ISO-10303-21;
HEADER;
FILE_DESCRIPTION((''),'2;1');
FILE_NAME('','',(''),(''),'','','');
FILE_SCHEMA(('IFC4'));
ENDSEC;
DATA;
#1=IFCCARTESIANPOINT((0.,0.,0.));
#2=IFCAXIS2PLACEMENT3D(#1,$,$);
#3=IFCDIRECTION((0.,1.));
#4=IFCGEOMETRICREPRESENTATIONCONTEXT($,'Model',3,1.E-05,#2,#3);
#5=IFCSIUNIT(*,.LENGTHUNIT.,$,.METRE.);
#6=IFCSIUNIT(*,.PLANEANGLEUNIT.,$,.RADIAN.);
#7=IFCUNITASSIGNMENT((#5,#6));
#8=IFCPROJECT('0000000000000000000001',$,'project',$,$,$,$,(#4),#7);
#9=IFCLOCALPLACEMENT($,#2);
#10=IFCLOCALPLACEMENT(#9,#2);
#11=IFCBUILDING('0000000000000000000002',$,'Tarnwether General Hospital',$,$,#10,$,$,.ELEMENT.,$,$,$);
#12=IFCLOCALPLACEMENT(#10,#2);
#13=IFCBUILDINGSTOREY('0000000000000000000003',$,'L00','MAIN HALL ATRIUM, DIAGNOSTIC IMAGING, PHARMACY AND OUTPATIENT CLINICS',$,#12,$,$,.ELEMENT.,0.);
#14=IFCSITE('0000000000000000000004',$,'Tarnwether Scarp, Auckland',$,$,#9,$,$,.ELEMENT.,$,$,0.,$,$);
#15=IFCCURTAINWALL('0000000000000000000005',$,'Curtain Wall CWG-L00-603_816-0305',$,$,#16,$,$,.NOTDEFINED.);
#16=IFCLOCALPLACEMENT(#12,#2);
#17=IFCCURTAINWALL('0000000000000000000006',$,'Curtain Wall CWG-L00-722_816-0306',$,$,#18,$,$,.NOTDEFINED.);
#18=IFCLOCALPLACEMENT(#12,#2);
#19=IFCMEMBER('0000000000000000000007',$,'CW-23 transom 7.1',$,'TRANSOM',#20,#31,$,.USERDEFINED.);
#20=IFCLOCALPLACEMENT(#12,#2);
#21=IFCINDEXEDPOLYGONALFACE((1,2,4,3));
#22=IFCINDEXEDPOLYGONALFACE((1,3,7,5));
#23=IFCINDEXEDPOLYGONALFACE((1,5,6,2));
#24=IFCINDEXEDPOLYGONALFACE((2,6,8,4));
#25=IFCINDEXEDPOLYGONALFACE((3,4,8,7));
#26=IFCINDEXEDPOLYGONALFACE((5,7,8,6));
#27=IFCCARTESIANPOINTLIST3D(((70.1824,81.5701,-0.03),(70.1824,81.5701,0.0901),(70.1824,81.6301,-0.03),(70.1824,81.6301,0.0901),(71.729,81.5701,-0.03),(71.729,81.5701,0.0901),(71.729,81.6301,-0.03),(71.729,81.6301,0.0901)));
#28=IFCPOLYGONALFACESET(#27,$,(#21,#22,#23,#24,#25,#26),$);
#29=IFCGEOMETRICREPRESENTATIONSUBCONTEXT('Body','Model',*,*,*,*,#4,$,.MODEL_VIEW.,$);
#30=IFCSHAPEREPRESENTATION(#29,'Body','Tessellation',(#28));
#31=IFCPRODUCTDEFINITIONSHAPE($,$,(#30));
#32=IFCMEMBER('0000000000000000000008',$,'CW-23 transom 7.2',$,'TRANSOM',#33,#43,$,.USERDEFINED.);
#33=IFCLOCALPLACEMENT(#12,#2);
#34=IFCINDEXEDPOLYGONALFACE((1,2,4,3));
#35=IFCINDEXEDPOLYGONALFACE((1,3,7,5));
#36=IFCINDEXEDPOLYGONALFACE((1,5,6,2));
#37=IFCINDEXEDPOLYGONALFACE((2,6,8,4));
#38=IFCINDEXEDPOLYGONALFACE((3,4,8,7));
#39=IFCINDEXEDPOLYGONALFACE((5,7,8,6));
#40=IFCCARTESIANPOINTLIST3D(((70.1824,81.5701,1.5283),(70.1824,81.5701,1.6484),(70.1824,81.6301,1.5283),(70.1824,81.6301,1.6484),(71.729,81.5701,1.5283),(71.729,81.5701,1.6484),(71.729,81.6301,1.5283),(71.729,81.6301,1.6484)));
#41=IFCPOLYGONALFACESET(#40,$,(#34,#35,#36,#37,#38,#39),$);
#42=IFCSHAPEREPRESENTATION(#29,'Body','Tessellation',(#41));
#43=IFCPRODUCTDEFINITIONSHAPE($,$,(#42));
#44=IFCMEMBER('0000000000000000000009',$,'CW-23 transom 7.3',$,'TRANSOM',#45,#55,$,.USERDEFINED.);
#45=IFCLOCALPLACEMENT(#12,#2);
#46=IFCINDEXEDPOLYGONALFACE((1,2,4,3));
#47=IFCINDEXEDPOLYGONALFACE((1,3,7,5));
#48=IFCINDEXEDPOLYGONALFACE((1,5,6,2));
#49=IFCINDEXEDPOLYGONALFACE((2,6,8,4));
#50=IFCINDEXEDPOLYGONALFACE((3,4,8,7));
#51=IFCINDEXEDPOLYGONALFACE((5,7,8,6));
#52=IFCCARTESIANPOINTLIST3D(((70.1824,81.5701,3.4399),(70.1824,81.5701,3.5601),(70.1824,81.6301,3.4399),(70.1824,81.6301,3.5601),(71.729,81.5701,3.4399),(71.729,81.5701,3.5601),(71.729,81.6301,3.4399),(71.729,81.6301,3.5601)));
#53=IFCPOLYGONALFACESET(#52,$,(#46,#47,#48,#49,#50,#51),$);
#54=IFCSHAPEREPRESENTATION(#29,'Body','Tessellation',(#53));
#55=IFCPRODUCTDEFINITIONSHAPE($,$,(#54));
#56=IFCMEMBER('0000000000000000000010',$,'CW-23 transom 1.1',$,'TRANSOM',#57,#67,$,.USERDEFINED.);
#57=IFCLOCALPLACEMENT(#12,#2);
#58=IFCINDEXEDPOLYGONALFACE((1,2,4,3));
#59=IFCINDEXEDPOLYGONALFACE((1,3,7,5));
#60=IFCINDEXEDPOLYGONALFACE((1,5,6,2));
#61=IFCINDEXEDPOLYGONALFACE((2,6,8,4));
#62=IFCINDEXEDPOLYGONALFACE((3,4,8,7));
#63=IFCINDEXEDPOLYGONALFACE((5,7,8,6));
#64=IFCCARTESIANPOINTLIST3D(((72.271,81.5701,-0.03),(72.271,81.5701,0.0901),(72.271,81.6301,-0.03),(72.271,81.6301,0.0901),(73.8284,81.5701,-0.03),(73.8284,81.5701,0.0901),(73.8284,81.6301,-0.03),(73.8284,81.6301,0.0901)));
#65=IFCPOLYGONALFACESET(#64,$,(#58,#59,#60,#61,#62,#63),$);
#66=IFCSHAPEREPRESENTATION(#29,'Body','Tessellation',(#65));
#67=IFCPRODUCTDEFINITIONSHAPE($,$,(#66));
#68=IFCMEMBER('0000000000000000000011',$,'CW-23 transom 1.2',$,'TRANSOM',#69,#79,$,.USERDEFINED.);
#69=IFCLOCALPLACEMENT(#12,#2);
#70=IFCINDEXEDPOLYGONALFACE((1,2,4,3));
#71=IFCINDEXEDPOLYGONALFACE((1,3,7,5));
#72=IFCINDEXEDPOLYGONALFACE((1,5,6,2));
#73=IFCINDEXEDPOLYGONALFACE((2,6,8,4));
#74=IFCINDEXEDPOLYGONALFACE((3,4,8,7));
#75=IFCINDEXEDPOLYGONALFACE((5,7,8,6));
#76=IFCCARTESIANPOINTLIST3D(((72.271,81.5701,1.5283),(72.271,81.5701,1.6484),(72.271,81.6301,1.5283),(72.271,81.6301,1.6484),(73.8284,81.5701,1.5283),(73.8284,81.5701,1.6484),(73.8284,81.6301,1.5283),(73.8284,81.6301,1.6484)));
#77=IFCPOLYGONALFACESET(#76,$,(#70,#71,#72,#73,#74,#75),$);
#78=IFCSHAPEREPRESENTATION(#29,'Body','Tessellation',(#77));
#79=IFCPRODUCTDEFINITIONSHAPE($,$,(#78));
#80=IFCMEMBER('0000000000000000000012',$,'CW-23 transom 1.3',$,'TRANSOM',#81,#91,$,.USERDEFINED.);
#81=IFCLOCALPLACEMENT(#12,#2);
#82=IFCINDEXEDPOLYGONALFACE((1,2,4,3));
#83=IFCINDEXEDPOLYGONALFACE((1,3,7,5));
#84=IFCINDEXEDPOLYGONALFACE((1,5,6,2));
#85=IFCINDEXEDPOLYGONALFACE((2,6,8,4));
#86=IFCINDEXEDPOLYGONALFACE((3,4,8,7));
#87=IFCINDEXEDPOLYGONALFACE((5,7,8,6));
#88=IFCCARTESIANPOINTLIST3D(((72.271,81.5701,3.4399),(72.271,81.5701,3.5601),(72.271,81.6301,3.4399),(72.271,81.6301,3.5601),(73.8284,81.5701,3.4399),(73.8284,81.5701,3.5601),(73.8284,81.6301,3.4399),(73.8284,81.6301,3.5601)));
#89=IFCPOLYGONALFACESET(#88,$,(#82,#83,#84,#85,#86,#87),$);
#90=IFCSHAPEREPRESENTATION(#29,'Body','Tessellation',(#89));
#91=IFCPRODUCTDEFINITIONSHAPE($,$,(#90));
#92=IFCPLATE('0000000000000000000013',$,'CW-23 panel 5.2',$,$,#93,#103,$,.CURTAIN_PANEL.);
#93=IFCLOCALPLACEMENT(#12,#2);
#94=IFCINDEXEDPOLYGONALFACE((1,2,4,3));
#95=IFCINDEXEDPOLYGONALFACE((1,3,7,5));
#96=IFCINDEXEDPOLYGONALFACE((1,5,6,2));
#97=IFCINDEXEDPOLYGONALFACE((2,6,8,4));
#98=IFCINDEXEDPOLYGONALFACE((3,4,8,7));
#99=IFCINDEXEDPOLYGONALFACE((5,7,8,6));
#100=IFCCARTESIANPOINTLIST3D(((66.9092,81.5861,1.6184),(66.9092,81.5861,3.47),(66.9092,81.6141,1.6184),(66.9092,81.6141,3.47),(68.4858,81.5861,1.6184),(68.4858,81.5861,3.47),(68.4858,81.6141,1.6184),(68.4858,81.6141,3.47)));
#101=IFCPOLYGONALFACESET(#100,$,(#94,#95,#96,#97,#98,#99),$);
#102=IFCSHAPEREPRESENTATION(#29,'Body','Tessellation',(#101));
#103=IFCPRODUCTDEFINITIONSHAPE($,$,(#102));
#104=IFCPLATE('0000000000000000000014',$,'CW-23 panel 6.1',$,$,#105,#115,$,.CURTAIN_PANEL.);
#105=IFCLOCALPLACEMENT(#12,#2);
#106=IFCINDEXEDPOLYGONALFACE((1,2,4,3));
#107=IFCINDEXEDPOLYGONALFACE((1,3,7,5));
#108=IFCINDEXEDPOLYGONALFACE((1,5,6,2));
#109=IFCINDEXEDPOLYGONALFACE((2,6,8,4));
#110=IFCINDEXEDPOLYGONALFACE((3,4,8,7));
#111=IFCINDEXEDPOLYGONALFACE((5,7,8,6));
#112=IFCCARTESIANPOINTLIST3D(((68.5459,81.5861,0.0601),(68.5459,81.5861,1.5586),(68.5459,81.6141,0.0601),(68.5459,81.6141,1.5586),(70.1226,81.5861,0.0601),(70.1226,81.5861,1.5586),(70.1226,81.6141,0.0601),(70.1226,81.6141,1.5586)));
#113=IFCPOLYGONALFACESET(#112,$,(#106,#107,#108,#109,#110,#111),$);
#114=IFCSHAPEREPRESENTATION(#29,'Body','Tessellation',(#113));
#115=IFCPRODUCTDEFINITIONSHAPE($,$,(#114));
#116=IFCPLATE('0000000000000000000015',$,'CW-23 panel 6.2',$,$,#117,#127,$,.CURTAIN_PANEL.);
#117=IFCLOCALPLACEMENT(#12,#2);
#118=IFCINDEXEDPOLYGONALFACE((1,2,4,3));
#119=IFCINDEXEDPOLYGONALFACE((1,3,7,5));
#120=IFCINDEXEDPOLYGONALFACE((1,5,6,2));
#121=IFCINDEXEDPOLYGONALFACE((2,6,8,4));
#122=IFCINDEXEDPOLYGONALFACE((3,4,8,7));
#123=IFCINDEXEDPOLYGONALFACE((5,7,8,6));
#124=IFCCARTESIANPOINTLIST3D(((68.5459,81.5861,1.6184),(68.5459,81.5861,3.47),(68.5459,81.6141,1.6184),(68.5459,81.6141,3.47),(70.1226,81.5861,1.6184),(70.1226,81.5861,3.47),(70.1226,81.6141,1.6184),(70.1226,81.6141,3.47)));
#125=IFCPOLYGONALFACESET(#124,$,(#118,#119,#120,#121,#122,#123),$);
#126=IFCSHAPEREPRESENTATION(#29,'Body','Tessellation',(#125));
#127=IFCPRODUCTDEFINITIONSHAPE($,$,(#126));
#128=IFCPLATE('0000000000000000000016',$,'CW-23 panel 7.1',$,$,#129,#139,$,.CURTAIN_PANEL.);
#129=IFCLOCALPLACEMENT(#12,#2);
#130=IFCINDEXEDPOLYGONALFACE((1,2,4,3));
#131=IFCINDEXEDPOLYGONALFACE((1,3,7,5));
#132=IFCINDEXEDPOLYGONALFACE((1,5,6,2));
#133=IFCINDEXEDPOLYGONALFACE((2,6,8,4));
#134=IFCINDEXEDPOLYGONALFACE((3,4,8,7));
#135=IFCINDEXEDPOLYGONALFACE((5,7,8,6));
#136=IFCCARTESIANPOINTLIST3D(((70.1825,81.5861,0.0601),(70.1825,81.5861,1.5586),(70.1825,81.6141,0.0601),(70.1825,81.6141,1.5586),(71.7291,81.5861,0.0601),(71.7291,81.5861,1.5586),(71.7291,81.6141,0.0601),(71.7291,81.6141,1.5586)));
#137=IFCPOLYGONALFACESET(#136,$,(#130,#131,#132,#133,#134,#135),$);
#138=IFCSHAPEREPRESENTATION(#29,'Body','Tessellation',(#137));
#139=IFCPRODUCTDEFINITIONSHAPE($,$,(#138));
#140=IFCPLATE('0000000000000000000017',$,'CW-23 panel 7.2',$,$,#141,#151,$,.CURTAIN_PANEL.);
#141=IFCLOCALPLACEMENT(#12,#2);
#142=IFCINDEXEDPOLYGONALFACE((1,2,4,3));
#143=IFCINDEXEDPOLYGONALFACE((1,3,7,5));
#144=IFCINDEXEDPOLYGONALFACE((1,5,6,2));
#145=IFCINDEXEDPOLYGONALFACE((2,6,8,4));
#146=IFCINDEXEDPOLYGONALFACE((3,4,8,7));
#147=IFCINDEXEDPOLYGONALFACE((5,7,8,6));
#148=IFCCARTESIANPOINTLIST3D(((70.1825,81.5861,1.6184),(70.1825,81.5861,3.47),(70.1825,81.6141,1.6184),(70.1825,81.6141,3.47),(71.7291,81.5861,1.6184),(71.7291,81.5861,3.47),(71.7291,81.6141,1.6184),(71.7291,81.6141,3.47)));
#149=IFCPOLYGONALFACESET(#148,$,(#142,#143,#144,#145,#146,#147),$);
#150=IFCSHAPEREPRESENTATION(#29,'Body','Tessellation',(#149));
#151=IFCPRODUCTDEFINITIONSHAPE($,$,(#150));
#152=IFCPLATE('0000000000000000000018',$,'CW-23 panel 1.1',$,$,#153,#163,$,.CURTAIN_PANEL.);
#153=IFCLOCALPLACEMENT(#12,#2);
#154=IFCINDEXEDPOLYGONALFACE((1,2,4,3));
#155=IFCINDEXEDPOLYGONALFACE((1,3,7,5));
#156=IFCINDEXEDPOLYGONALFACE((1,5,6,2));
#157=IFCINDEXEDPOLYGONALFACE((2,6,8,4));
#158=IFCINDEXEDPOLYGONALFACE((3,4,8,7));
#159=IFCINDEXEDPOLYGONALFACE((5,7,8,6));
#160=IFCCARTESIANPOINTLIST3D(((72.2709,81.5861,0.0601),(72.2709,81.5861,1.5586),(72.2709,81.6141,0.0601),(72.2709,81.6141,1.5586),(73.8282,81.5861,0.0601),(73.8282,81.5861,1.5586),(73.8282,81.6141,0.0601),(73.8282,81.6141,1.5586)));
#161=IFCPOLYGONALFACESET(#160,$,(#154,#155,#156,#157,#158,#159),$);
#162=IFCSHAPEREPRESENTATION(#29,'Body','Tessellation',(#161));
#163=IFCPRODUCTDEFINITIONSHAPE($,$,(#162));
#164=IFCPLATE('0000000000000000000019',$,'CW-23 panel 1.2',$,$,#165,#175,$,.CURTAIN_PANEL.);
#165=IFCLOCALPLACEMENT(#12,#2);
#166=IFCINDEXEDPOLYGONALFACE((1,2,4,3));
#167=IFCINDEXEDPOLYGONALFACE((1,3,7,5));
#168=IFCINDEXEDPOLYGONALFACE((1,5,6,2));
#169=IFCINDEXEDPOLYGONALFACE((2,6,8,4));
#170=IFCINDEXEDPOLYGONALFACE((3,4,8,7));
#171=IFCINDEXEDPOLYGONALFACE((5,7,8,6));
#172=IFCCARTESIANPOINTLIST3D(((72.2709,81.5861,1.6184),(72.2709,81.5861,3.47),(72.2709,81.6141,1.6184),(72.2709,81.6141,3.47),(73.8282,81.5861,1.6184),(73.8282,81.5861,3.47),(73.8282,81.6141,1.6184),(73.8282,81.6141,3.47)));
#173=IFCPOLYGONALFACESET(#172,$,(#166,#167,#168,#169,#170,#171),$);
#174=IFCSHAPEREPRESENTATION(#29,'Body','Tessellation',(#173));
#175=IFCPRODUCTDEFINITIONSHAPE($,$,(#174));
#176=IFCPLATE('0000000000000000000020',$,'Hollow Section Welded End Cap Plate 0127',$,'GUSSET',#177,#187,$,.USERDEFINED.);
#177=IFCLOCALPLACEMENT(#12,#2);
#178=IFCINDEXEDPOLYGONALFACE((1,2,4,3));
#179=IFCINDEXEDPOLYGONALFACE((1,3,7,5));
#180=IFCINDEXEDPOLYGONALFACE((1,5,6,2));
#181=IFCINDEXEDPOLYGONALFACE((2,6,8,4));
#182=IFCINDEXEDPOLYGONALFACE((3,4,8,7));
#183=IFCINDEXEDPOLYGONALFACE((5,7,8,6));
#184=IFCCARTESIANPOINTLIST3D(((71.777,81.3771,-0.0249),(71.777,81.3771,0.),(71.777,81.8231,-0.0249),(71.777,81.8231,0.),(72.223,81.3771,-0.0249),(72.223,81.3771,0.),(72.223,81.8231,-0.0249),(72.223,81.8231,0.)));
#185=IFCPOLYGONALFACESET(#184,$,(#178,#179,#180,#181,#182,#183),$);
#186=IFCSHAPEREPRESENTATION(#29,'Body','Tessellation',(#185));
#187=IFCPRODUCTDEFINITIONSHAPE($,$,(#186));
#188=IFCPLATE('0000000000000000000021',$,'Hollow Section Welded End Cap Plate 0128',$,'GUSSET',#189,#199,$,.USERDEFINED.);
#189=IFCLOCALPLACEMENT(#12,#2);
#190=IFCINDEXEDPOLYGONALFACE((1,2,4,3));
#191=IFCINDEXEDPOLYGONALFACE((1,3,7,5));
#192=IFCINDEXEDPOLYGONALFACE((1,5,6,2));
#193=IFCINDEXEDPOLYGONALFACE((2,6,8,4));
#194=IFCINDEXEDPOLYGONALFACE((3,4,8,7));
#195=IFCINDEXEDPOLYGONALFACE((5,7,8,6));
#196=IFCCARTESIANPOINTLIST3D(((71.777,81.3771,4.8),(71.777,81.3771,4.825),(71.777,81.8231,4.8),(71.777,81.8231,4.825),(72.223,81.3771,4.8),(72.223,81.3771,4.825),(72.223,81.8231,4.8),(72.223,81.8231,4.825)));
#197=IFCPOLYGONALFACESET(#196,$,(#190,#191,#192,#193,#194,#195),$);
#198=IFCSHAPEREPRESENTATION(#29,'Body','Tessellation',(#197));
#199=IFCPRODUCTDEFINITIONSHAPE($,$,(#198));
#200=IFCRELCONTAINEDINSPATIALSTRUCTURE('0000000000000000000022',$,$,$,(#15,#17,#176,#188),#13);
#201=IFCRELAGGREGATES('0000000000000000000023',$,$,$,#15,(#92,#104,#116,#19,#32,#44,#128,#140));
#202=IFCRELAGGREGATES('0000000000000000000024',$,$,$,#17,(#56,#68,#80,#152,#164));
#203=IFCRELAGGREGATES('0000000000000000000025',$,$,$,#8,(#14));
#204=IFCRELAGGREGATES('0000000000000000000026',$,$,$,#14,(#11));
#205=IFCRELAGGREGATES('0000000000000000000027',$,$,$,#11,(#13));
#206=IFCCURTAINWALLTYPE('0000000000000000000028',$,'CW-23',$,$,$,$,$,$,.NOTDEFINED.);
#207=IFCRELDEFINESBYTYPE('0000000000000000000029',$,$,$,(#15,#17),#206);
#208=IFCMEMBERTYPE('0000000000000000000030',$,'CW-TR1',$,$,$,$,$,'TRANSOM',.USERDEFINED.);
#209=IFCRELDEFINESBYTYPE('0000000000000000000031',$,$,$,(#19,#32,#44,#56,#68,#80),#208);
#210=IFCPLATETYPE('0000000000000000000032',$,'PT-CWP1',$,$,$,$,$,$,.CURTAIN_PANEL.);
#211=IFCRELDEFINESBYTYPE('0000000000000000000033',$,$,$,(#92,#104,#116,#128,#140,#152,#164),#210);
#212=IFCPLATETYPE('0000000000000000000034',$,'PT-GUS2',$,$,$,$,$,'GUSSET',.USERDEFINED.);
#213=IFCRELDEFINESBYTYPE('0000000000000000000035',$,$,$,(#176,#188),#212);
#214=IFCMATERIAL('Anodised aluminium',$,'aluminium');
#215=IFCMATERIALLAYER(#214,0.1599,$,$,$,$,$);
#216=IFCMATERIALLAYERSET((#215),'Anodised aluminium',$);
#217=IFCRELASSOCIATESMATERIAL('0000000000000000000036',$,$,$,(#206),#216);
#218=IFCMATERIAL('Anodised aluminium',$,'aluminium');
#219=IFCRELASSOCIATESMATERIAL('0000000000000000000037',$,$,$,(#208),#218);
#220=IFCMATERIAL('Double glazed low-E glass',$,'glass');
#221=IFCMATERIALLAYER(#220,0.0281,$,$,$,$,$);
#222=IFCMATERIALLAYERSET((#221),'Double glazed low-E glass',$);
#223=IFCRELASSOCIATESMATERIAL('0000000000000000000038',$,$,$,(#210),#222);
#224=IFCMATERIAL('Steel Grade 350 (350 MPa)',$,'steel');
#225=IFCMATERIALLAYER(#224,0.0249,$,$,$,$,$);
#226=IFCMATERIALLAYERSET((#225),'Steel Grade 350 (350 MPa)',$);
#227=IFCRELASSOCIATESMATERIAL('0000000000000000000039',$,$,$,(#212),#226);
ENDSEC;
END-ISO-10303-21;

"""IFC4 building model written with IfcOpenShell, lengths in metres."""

from ifc_helpers import new_model, si_unit, direction, frame, origin, origin_2d, place, context, subcontext, project, spatial, rectangle, extrude, material, layer, layer_set, material_profile, profile_set, type_object, element, aggregate, save


model = new_model("IFC4")

# Units and contexts
model_context = context("Model", 3, precision=1e-05, world=origin(), true_north=direction((0.0, 1.0)))
body_context = subcontext(model_context, "Body", "Model", "MODEL_VIEW")
ifc_project = project(units=[si_unit("LENGTHUNIT", "METRE"), si_unit("PLANEANGLEUNIT", "RADIAN")], contexts=[model_context])

# Site, building, storey
site_placement = place(None, origin())
site = spatial("IfcSite", under=ifc_project, at=site_placement, Name="Tarnwether Scarp, Auckland", CompositionType="ELEMENT", RefElevation=0.0)
building_placement = place(site_placement, origin())
building = spatial("IfcBuilding", under=site, at=building_placement, Name="Tarnwether General Hospital", CompositionType="ELEMENT")
storey_placement = place(building_placement, origin())
storey = spatial("IfcBuildingStorey", under=building, at=storey_placement, Name="L00", Description="MAIN HALL ATRIUM, DIAGNOSTIC IMAGING, PHARMACY AND OUTPATIENT CLINICS", CompositionType="ELEMENT", Elevation=0.0)

# Curtain wall
ifc_material_1 = material(Name="Anodised aluminium", Category="aluminium")
ifc_layer_1 = layer(ifc_material_1, 0.1599)
ifc_layer_set_1 = layer_set([ifc_layer_1], Name="Anodised aluminium")
curtain_wall_type = type_object("IfcCurtainWallType", Name="CW-23", PredefinedType="NOTDEFINED", material=ifc_layer_set_1)
curtain_wall_1_placement = place(storey_placement, origin())
curtain_wall_1 = element("IfcCurtainWall", 1, at=curtain_wall_1_placement, inside=storey, type_object=curtain_wall_type, Name="Curtain Wall CWG-L00-603_816-0305", PredefinedType="NOTDEFINED")

# Curtain wall
curtain_wall_2_placement = place(storey_placement, origin())
curtain_wall_2 = element("IfcCurtainWall", 2, at=curtain_wall_2_placement, inside=storey, type_object=curtain_wall_type, Name="Curtain Wall CWG-L00-722_816-0306", PredefinedType="NOTDEFINED")

# Members
ifc_material_2 = material(Name="Anodised aluminium", Category="aluminium")
ifc_material_profile_1 = material_profile(ifc_material_2, rectangle(XDim=0.0601, YDim=0.1201, at=origin_2d()), Name="ALU-TRN-60x120")
ifc_profile_set_1 = profile_set([ifc_material_profile_1], Name="Anodised aluminium")
member_type_1 = type_object("IfcMemberType", Name="CW-TR1", ElementType="TRANSOM", PredefinedType="USERDEFINED", material=ifc_profile_set_1)
member_1_placement = place(storey_placement, frame((70.1824, 81.6001, 0.03), z_axis=(1.0, 0.0, 0.0), x_axis=(0.0, 1.0, 0.0)))
member_1 = element("IfcMember", 3, at=member_1_placement, type_object=member_type_1, Name="CW-23 transom 7.1", ObjectType="TRANSOM", PredefinedType="USERDEFINED", context=body_context, shape_type="SweptSolid", body=[
    extrude(rectangle(XDim=0.0601, YDim=0.1201, at=origin_2d()), origin(), (0.0, 0.0, 1.0), 1.5466),
])
member_2_placement = place(storey_placement, frame((70.1824, 81.6001, 1.5884), z_axis=(1.0, 0.0, 0.0), x_axis=(0.0, 1.0, 0.0)))
member_2 = element("IfcMember", 4, at=member_2_placement, type_object=member_type_1, Name="CW-23 transom 7.2", ObjectType="TRANSOM", PredefinedType="USERDEFINED", context=body_context, shape_type="SweptSolid", body=[
    extrude(rectangle(XDim=0.0601, YDim=0.1201, at=origin_2d()), origin(), (0.0, 0.0, 1.0), 1.5466),
])
member_3_placement = place(storey_placement, frame((70.1824, 81.6001, 3.5), z_axis=(1.0, 0.0, 0.0), x_axis=(0.0, 1.0, 0.0)))
member_3 = element("IfcMember", 5, at=member_3_placement, type_object=member_type_1, Name="CW-23 transom 7.3", ObjectType="TRANSOM", PredefinedType="USERDEFINED", context=body_context, shape_type="SweptSolid", body=[
    extrude(rectangle(XDim=0.0601, YDim=0.1201, at=origin_2d()), origin(), (0.0, 0.0, 1.0), 1.5466),
])
member_4_placement = place(storey_placement, frame((72.271, 81.6001, 0.03), z_axis=(1.0, 0.0, 0.0), x_axis=(0.0, 1.0, 0.0)))
member_4 = element("IfcMember", 6, at=member_4_placement, type_object=member_type_1, Name="CW-23 transom 1.1", ObjectType="TRANSOM", PredefinedType="USERDEFINED", context=body_context, shape_type="SweptSolid", body=[
    extrude(rectangle(XDim=0.0601, YDim=0.1201, at=origin_2d()), origin(), (0.0, 0.0, 1.0), 1.5574),
])
member_5_placement = place(storey_placement, frame((72.271, 81.6001, 1.5884), z_axis=(1.0, 0.0, 0.0), x_axis=(0.0, 1.0, 0.0)))
member_5 = element("IfcMember", 7, at=member_5_placement, type_object=member_type_1, Name="CW-23 transom 1.2", ObjectType="TRANSOM", PredefinedType="USERDEFINED", context=body_context, shape_type="SweptSolid", body=[
    extrude(rectangle(XDim=0.0601, YDim=0.1201, at=origin_2d()), origin(), (0.0, 0.0, 1.0), 1.5574),
])
member_6_placement = place(storey_placement, frame((72.271, 81.6001, 3.5), z_axis=(1.0, 0.0, 0.0), x_axis=(0.0, 1.0, 0.0)))
member_6 = element("IfcMember", 8, at=member_6_placement, type_object=member_type_1, Name="CW-23 transom 1.3", ObjectType="TRANSOM", PredefinedType="USERDEFINED", context=body_context, shape_type="SweptSolid", body=[
    extrude(rectangle(XDim=0.0601, YDim=0.1201, at=origin_2d()), origin(), (0.0, 0.0, 1.0), 1.5574),
])

# Plates
ifc_material_3 = material(Name="Double glazed low-E glass", Category="glass")
ifc_layer_2 = layer(ifc_material_3, 0.0281)
ifc_layer_set_2 = layer_set([ifc_layer_2], Name="Double glazed low-E glass")
plate_type_1 = type_object("IfcPlateType", Name="PT-CWP1", PredefinedType="CURTAIN_PANEL", material=ifc_layer_set_2)
plate_1_placement = place(storey_placement, frame((67.6975, 81.6001, 1.6184), z_axis=(0.0, 0.0, 1.0), x_axis=(1.0, 0.0, 0.0)))
plate_1 = element("IfcPlate", 9, at=plate_1_placement, type_object=plate_type_1, Name="CW-23 panel 5.2", PredefinedType="CURTAIN_PANEL", context=body_context, shape_type="SweptSolid", body=[
    extrude(rectangle(XDim=1.5767, YDim=0.0281, at=origin_2d()), origin(), (0.0, 0.0, 1.0), 1.8516),
])
plate_2_placement = place(storey_placement, frame((69.3342, 81.6001, 0.0601), z_axis=(0.0, 0.0, 1.0), x_axis=(1.0, 0.0, 0.0)))
plate_2 = element("IfcPlate", 10, at=plate_2_placement, type_object=plate_type_1, Name="CW-23 panel 6.1", PredefinedType="CURTAIN_PANEL", context=body_context, shape_type="SweptSolid", body=[
    extrude(rectangle(XDim=1.5767, YDim=0.0281, at=origin_2d()), origin(), (0.0, 0.0, 1.0), 1.4985),
])
plate_3_placement = place(storey_placement, frame((69.3342, 81.6001, 1.6184), z_axis=(0.0, 0.0, 1.0), x_axis=(1.0, 0.0, 0.0)))
plate_3 = element("IfcPlate", 11, at=plate_3_placement, type_object=plate_type_1, Name="CW-23 panel 6.2", PredefinedType="CURTAIN_PANEL", context=body_context, shape_type="SweptSolid", body=[
    extrude(rectangle(XDim=1.5767, YDim=0.0281, at=origin_2d()), origin(), (0.0, 0.0, 1.0), 1.8516),
])
plate_4_placement = place(storey_placement, frame((70.9558, 81.6001, 0.0601), z_axis=(0.0, 0.0, 1.0), x_axis=(1.0, 0.0, 0.0)))
plate_4 = element("IfcPlate", 12, at=plate_4_placement, type_object=plate_type_1, Name="CW-23 panel 7.1", PredefinedType="CURTAIN_PANEL", context=body_context, shape_type="SweptSolid", body=[
    extrude(rectangle(XDim=1.5466, YDim=0.0281, at=origin_2d()), origin(), (0.0, 0.0, 1.0), 1.4985),
])
plate_5_placement = place(storey_placement, frame((70.9558, 81.6001, 1.6184), z_axis=(0.0, 0.0, 1.0), x_axis=(1.0, 0.0, 0.0)))
plate_5 = element("IfcPlate", 13, at=plate_5_placement, type_object=plate_type_1, Name="CW-23 panel 7.2", PredefinedType="CURTAIN_PANEL", context=body_context, shape_type="SweptSolid", body=[
    extrude(rectangle(XDim=1.5466, YDim=0.0281, at=origin_2d()), origin(), (0.0, 0.0, 1.0), 1.8516),
])
aggregate(curtain_wall_1, [plate_1, plate_2, plate_3, member_1, member_2, member_3, plate_4, plate_5])
plate_6_placement = place(storey_placement, frame((73.0496, 81.6001, 0.0601), z_axis=(0.0, 0.0, 1.0), x_axis=(1.0, 0.0, 0.0)))
plate_6 = element("IfcPlate", 14, at=plate_6_placement, type_object=plate_type_1, Name="CW-23 panel 1.1", PredefinedType="CURTAIN_PANEL", context=body_context, shape_type="SweptSolid", body=[
    extrude(rectangle(XDim=1.5574, YDim=0.0281, at=origin_2d()), origin(), (0.0, 0.0, 1.0), 1.4985),
])
plate_7_placement = place(storey_placement, frame((73.0496, 81.6001, 1.6184), z_axis=(0.0, 0.0, 1.0), x_axis=(1.0, 0.0, 0.0)))
plate_7 = element("IfcPlate", 15, at=plate_7_placement, type_object=plate_type_1, Name="CW-23 panel 1.2", PredefinedType="CURTAIN_PANEL", context=body_context, shape_type="SweptSolid", body=[
    extrude(rectangle(XDim=1.5574, YDim=0.0281, at=origin_2d()), origin(), (0.0, 0.0, 1.0), 1.8516),
])
aggregate(curtain_wall_2, [member_4, member_5, member_6, plate_6, plate_7])

# Plates
ifc_material_4 = material(Name="Steel Grade 350 (350 MPa)", Category="steel")
ifc_layer_3 = layer(ifc_material_4, 0.0249)
ifc_layer_set_3 = layer_set([ifc_layer_3], Name="Steel Grade 350 (350 MPa)")
plate_type_2 = type_object("IfcPlateType", Name="PT-GUS2", ElementType="GUSSET", PredefinedType="USERDEFINED", material=ifc_layer_set_3)
for number, where, z_axis, x_axis, name in (
    (16, (72.0, 81.6001, -0.0249), (0.0, 0.0, 1.0), (1.0, 0.0, 0.0), "Hollow Section Welded End Cap Plate 0127"),
    (17, (72.0, 81.6001, 4.8), (0.0, 0.0, 1.0), (1.0, 0.0, 0.0), "Hollow Section Welded End Cap Plate 0128"),
):
    element("IfcPlate", number, at=place(storey_placement, frame(where, z_axis=z_axis, x_axis=x_axis)), inside=storey, type_object=plate_type_2, Name=name, ObjectType="GUSSET", PredefinedType="USERDEFINED", context=body_context, shape_type="SweptSolid", body=[
        extrude(rectangle(XDim=0.446, YDim=0.446, at=origin_2d()), origin(), (0.0, 0.0, 1.0), 0.0249),
    ])

save(model, "model.ifc")
